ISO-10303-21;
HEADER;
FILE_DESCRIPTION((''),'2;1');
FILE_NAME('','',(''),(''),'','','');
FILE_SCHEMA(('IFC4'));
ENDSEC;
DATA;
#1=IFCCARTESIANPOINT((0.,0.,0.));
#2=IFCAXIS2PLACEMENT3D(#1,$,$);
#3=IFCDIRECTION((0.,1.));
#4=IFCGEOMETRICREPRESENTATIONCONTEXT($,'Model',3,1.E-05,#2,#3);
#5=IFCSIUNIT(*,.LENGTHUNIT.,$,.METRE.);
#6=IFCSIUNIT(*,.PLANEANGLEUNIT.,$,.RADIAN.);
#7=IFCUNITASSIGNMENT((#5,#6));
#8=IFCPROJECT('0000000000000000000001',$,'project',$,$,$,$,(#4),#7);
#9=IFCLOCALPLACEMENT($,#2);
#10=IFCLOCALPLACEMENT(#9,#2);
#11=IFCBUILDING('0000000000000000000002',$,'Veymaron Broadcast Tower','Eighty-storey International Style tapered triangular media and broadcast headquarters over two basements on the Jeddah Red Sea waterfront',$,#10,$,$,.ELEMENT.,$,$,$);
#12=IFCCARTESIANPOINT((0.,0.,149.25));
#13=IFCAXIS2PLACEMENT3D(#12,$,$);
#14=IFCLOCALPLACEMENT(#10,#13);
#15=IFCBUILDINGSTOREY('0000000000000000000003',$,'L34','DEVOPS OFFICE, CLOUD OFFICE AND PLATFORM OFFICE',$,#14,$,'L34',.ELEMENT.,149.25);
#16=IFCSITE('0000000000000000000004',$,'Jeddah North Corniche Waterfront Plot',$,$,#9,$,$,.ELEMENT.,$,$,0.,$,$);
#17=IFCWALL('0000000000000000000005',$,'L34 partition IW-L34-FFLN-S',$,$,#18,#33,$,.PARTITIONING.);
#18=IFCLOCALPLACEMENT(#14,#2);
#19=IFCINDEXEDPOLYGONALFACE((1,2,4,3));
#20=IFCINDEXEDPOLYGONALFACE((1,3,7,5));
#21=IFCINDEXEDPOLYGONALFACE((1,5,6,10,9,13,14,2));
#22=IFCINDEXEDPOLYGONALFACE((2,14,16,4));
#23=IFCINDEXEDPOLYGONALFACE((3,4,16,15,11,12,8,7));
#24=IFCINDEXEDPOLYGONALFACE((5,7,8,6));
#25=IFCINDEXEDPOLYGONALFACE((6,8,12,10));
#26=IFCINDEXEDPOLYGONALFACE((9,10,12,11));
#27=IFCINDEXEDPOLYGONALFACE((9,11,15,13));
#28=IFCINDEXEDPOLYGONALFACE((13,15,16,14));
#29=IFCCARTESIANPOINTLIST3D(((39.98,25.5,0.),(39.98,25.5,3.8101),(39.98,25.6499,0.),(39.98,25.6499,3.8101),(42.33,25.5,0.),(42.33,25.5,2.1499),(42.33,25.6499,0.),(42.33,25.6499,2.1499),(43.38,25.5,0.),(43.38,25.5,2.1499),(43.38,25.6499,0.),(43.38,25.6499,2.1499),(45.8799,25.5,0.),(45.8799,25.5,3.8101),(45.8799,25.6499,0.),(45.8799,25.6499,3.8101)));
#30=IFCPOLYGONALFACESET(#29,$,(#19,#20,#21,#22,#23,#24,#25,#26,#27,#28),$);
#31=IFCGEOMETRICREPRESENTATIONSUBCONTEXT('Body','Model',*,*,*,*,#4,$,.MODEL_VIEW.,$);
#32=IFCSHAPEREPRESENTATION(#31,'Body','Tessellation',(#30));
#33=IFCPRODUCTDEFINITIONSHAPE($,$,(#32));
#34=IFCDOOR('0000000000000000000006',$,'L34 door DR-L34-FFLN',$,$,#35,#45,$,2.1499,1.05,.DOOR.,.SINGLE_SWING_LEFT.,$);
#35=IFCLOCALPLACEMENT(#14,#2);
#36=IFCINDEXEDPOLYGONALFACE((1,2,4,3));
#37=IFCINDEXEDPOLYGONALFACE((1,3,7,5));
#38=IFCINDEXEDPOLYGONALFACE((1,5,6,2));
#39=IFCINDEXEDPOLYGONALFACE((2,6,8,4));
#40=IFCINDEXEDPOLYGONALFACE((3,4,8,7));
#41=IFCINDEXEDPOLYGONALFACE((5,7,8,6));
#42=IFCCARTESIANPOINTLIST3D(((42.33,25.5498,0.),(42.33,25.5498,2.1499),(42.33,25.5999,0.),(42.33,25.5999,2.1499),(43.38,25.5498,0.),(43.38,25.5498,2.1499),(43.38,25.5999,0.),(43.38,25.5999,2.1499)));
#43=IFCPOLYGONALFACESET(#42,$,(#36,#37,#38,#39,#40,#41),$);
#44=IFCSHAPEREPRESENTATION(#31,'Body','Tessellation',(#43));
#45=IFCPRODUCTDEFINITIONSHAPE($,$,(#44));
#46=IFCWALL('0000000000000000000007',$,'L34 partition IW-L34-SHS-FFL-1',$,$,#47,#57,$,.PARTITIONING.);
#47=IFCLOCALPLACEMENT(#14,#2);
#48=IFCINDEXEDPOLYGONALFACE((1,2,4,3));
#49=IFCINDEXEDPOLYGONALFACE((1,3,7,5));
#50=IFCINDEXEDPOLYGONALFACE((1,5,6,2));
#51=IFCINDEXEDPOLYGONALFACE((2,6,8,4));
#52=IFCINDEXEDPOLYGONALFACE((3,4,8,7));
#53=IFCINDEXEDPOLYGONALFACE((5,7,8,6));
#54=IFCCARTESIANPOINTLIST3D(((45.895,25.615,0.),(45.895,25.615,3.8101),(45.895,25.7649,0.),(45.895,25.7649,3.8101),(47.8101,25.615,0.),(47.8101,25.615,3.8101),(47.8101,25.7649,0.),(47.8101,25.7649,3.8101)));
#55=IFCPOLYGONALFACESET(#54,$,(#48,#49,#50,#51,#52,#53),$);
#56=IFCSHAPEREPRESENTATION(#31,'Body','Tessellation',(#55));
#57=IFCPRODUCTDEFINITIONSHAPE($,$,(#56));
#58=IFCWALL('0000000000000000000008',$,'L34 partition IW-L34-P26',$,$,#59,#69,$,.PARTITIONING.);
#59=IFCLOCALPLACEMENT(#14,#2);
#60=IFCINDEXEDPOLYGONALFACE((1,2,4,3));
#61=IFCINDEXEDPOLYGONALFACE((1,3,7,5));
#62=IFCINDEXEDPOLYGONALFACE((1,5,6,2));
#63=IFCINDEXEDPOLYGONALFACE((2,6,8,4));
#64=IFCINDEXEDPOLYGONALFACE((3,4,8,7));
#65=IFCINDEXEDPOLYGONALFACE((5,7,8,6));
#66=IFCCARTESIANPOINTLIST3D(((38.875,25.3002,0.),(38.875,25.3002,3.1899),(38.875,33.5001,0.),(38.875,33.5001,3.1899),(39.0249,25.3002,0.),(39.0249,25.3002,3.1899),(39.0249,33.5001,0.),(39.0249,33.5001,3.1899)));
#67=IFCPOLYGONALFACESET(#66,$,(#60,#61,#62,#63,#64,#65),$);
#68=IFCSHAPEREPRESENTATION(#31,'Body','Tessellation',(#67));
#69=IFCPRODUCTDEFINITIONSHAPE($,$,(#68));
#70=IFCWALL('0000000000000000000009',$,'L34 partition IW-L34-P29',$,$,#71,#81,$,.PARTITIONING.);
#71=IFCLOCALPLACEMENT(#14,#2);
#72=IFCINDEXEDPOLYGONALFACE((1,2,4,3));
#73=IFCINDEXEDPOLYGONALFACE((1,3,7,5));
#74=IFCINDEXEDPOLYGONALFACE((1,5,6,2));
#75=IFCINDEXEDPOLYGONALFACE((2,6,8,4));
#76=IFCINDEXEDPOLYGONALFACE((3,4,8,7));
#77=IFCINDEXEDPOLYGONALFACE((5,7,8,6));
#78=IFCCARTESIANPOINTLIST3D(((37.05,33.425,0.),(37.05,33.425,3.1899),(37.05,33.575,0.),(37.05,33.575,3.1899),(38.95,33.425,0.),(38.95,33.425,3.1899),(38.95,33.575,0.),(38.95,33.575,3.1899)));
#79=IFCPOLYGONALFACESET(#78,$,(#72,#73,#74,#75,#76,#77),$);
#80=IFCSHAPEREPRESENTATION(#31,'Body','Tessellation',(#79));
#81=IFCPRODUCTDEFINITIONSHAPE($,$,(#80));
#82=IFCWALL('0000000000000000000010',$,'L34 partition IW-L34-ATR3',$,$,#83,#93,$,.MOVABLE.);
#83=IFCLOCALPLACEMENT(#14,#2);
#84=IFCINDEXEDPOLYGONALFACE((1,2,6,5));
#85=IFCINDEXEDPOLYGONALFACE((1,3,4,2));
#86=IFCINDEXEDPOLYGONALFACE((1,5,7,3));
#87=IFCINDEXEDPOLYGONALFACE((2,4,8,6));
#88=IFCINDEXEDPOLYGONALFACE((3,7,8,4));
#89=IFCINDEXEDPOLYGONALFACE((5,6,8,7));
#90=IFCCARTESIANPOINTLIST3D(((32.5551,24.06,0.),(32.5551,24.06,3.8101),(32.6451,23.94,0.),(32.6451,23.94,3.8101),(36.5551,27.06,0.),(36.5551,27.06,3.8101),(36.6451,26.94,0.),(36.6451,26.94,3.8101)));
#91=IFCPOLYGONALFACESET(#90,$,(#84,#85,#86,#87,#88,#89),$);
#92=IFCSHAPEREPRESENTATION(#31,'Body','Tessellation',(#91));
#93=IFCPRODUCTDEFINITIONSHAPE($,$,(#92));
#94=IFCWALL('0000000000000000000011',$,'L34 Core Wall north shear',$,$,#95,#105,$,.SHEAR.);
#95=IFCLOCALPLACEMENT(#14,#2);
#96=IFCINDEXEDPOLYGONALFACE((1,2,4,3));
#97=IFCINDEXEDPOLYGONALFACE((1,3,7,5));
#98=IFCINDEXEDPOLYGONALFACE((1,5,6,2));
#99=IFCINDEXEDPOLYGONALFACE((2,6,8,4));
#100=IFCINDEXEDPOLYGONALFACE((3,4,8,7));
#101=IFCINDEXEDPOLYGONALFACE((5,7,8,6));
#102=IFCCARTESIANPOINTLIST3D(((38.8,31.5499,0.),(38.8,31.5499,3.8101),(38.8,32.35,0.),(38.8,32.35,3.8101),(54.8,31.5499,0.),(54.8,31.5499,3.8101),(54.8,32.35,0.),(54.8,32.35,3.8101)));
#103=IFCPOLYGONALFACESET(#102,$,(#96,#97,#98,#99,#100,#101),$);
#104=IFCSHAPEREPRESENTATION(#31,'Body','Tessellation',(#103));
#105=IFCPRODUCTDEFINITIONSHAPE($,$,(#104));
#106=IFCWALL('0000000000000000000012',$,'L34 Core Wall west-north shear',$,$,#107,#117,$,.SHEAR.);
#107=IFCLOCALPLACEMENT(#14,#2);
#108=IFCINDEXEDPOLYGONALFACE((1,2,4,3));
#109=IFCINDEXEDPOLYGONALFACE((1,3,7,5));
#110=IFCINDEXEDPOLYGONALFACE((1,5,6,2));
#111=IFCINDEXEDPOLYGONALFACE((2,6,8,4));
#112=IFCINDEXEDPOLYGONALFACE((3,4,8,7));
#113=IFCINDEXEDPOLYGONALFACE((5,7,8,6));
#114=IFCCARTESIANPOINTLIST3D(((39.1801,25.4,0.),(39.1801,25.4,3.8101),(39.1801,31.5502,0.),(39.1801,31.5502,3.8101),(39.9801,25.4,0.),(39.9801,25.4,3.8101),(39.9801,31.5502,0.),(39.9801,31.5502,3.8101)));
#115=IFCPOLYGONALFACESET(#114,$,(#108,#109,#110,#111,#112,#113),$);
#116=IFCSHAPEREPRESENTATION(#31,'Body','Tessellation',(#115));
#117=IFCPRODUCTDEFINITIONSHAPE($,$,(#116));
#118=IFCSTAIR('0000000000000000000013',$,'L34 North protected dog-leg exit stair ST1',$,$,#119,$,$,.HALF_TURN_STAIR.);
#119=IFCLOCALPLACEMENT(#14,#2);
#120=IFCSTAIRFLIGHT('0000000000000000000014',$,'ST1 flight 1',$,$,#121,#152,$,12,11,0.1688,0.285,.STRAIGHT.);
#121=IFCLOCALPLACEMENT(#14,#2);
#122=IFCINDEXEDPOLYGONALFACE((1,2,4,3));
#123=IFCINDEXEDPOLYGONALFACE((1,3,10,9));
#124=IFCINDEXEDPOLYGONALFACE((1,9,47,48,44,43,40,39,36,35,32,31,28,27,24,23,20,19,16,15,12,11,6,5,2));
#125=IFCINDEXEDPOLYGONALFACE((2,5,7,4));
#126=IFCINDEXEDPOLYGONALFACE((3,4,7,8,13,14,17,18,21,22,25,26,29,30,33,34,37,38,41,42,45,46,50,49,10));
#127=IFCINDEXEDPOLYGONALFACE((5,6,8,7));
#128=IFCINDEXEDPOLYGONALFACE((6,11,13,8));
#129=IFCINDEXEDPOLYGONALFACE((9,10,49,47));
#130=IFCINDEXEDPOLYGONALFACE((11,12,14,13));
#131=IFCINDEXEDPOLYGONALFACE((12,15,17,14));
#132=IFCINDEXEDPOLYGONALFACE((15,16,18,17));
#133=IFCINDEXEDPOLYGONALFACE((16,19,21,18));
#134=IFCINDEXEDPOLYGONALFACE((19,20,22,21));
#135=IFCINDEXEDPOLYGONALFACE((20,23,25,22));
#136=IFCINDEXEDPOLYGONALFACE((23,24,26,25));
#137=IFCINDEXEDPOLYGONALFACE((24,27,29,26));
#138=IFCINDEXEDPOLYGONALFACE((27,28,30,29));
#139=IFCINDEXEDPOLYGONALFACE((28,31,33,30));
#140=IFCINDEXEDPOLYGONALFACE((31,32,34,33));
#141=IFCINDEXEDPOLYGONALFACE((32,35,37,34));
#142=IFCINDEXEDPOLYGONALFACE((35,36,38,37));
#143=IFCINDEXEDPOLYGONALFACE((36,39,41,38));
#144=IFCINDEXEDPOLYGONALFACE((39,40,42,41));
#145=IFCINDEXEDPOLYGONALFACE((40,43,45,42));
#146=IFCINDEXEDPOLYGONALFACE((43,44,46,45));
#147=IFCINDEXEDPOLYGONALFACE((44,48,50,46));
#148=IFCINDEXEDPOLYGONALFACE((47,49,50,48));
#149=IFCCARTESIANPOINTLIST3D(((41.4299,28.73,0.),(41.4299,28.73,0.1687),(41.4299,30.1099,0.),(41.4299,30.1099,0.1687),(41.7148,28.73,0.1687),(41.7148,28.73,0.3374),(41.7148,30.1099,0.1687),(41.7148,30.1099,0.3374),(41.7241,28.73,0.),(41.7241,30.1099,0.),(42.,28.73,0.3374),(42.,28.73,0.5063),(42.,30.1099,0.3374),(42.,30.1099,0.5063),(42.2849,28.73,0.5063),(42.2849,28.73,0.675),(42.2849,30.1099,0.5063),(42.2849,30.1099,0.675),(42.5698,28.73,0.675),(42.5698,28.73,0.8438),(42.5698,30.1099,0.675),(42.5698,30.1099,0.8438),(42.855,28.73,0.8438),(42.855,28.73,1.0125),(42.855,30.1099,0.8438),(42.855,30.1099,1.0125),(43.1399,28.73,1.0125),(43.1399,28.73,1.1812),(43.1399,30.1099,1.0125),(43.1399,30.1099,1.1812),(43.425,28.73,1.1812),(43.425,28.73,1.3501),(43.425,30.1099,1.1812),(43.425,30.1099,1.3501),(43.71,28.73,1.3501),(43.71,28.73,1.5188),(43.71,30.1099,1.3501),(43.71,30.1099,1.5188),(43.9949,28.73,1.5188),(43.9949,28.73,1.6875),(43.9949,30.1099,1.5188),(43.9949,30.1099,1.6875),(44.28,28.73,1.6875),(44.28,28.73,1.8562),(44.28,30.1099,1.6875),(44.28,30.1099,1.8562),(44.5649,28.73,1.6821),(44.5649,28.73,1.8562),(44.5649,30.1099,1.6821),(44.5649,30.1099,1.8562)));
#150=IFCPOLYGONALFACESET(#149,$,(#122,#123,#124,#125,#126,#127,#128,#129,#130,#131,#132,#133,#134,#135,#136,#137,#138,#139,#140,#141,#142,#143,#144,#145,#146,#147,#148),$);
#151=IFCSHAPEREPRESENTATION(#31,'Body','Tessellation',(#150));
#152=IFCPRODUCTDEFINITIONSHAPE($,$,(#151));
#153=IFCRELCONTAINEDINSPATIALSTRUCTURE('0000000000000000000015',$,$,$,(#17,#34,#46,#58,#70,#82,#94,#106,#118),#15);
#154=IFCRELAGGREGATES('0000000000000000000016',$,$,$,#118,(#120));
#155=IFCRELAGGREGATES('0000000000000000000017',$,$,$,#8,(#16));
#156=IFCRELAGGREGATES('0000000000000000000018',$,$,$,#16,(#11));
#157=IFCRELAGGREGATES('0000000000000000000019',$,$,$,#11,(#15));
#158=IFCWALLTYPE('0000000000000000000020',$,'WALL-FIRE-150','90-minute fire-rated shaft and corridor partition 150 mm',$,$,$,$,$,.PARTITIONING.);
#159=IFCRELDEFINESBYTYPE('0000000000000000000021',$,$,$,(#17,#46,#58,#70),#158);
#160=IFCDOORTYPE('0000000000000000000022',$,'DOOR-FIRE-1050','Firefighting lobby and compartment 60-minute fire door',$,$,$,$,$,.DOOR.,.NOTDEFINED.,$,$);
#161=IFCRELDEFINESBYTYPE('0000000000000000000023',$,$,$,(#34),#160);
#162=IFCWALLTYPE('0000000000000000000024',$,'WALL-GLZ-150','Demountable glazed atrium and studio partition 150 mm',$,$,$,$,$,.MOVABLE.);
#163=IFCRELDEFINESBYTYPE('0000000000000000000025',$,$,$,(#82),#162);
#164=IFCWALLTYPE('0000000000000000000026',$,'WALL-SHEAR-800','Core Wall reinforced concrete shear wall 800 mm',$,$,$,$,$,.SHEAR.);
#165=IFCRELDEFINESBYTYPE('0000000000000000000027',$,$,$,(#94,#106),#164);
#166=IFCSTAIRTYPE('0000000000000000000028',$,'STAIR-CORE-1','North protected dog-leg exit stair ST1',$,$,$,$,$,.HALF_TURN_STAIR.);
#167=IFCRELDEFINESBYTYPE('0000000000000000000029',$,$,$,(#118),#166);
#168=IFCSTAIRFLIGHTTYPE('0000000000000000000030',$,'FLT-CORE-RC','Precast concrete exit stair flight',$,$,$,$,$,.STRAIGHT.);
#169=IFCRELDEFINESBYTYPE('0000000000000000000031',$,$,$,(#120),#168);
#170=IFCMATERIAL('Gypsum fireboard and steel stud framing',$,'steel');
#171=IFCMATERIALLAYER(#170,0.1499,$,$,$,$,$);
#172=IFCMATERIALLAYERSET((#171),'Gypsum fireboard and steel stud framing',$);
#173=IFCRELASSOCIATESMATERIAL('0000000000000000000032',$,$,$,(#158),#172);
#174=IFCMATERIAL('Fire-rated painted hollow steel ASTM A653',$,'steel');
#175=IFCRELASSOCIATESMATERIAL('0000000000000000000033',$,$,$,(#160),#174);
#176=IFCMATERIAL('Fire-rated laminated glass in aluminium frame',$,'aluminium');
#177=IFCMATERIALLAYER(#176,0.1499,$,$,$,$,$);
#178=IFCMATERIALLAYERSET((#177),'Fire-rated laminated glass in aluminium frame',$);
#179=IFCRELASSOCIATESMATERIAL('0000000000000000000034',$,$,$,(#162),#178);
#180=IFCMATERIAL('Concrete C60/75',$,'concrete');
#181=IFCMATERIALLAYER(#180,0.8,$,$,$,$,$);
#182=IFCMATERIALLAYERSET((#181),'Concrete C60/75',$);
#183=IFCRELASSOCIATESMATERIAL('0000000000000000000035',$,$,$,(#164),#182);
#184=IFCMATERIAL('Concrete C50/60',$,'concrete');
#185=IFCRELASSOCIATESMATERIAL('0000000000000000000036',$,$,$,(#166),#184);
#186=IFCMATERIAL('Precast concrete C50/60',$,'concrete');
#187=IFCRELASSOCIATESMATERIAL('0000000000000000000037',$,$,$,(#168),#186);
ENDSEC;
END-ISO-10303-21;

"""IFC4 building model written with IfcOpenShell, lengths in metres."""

from ifc_helpers import new_model, si_unit, direction, frame, frame_2d, origin, place, context, subcontext, project, spatial, polyline, rectangle, outline, extrude, material, layer, layer_set, type_object, element, fill, aggregate, save


model = new_model("IFC4")

# Units and contexts
model_context = context("Model", 3, precision=1e-05, world=origin(), true_north=direction((0.0, 1.0)))
body_context = subcontext(model_context, "Body", "Model", "MODEL_VIEW")
ifc_project = project(units=[si_unit("LENGTHUNIT", "METRE"), si_unit("PLANEANGLEUNIT", "RADIAN")], contexts=[model_context])

# Site, building, storey
site_placement = place(None, origin())
site = spatial("IfcSite", under=ifc_project, at=site_placement, Name="Jeddah North Corniche Waterfront Plot", CompositionType="ELEMENT", RefElevation=0.0)
building_placement = place(site_placement, origin())
building = spatial("IfcBuilding", under=site, at=building_placement, Name="Veymaron Broadcast Tower", Description="Eighty-storey International Style tapered triangular media and broadcast headquarters over two basements on the Jeddah Red Sea waterfront", CompositionType="ELEMENT")
storey_placement = place(building_placement, frame((0.0, 0.0, 149.25)))
storey = spatial("IfcBuildingStorey", under=building, at=storey_placement, Name="L34", Description="DEVOPS OFFICE, CLOUD OFFICE AND PLATFORM OFFICE", LongName="L34", CompositionType="ELEMENT", Elevation=149.25)

# Wall, opening, door
ifc_material_1 = material(Name="Gypsum fireboard and steel stud framing", Category="steel")
ifc_layer_1 = layer(ifc_material_1, 0.1499)
ifc_layer_set_1 = layer_set([ifc_layer_1], Name="Gypsum fireboard and steel stud framing")
wall_type_1 = type_object("IfcWallType", Name="WALL-FIRE-150", Description="90-minute fire-rated shaft and corridor partition 150 mm", PredefinedType="PARTITIONING", material=ifc_layer_set_1)
wall_1_placement = place(storey_placement, frame((39.98, 25.575, 0.0), z_axis=(0.0, 0.0, 1.0), x_axis=(1.0, 0.0, 0.0)))
wall_1 = element("IfcWall", 1, at=wall_1_placement, inside=storey, type_object=wall_type_1, Name="L34 partition IW-L34-FFLN-S", PredefinedType="PARTITIONING", context=body_context, shape_type="SweptSolid", body=[
    extrude(rectangle(XDim=5.8999, YDim=0.1499, at=frame_2d((2.95, 0.0))), origin(), (0.0, 0.0, 1.0), 3.8101),
])
opening_1_placement = place(wall_1_placement, frame((2.3501, 0.0, 0.0)))
opening_1 = element("IfcOpeningElement", 2, at=opening_1_placement, cuts=wall_1, PredefinedType="OPENING", context=body_context, shape_type="SweptSolid", body=[
    extrude(rectangle(XDim=1.05, YDim=2.1499, at=frame_2d((0.5249, 1.075))), frame((0.0, 0.085, 0.0), z_axis=(0.0, -1.0, 0.0), x_axis=(1.0, 0.0, 0.0)), (0.0, 0.0, 1.0), 0.1699),
])
ifc_material_2 = material(Name="Fire-rated painted hollow steel ASTM A653", Category="steel")
door_type_1 = type_object("IfcDoorType", Name="DOOR-FIRE-1050", Description="Firefighting lobby and compartment 60-minute fire door", OperationType="NOTDEFINED", PredefinedType="DOOR", material=ifc_material_2)
door_1_placement = place(opening_1_placement, origin())
door_1 = element("IfcDoor", 3, at=door_1_placement, inside=storey, type_object=door_type_1, Name="L34 door DR-L34-FFLN", OperationType="SINGLE_SWING_LEFT", OverallHeight=2.1499, OverallWidth=1.05, PredefinedType="DOOR", context=body_context, shape_type="SweptSolid", body=[
    extrude(rectangle(XDim=1.05, YDim=2.1499, at=frame_2d((0.5249, 1.075))), frame((0.0, 0.0249, 0.0), z_axis=(0.0, -1.0, 0.0), x_axis=(1.0, 0.0, 0.0)), (0.0, 0.0, 1.0), 0.05),
])
fill(opening_1, door_1)

# Wall
wall_2_placement = place(storey_placement, frame((45.895, 25.6899, 0.0), z_axis=(0.0, 0.0, 1.0), x_axis=(1.0, 0.0, 0.0)))
element("IfcWall", 4, at=wall_2_placement, inside=storey, type_object=wall_type_1, Name="L34 partition IW-L34-SHS-FFL-1", PredefinedType="PARTITIONING", context=body_context, shape_type="SweptSolid", body=[
    extrude(rectangle(XDim=1.915, YDim=0.1499, at=frame_2d((0.9575, 0.0))), origin(), (0.0, 0.0, 1.0), 3.8101),
])

# Walls
wall_3_placement = place(storey_placement, frame((38.95, 25.3, 0.0), z_axis=(0.0, 0.0, 1.0), x_axis=(0.0, 1.0, 0.0)))
element("IfcWall", 5, at=wall_3_placement, inside=storey, type_object=wall_type_1, Name="L34 partition IW-L34-P26", PredefinedType="PARTITIONING", context=body_context, shape_type="SweptSolid", body=[
    extrude(rectangle(XDim=8.2, YDim=0.1499, at=frame_2d((4.1001, 0.0))), origin(), (0.0, 0.0, 1.0), 3.1899),
])
wall_4_placement = place(storey_placement, frame((37.05, 33.5, 0.0), z_axis=(0.0, 0.0, 1.0), x_axis=(1.0, 0.0, 0.0)))
element("IfcWall", 6, at=wall_4_placement, inside=storey, type_object=wall_type_1, Name="L34 partition IW-L34-P29", PredefinedType="PARTITIONING", context=body_context, shape_type="SweptSolid", body=[
    extrude(rectangle(XDim=1.8999, YDim=0.1499, at=frame_2d((0.95, 0.0))), origin(), (0.0, 0.0, 1.0), 3.1899),
])
ifc_material_3 = material(Name="Fire-rated laminated glass in aluminium frame", Category="aluminium")
ifc_layer_2 = layer(ifc_material_3, 0.1499)
ifc_layer_set_2 = layer_set([ifc_layer_2], Name="Fire-rated laminated glass in aluminium frame")
wall_type_2 = type_object("IfcWallType", Name="WALL-GLZ-150", Description="Demountable glazed atrium and studio partition 150 mm", PredefinedType="MOVABLE", material=ifc_layer_set_2)
wall_5_placement = place(storey_placement, frame((36.6001, 27.0, 0.0), z_axis=(0.0, 0.0, 1.0), x_axis=(-0.8, -0.6, 0.0)))
element("IfcWall", 7, at=wall_5_placement, inside=storey, type_object=wall_type_2, Name="L34 partition IW-L34-ATR3", PredefinedType="MOVABLE", context=body_context, shape_type="SweptSolid", body=[
    extrude(rectangle(XDim=5.0, YDim=0.1499, at=frame_2d((2.5, 0.0))), origin(), (0.0, 0.0, 1.0), 3.8101),
])

# Shared definitions
ifc_material_4 = material(Name="Concrete C50/60", Category="concrete")

# Walls
ifc_material_5 = material(Name="Concrete C60/75", Category="concrete")
ifc_layer_3 = layer(ifc_material_5, 0.8)
ifc_layer_set_3 = layer_set([ifc_layer_3], Name="Concrete C60/75")
wall_type_3 = type_object("IfcWallType", Name="WALL-SHEAR-800", Description="Core Wall reinforced concrete shear wall 800 mm", PredefinedType="SHEAR", material=ifc_layer_set_3)
wall_6_placement = place(storey_placement, frame((38.8, 31.95, 0.0), z_axis=(0.0, 0.0, 1.0), x_axis=(1.0, 0.0, 0.0)))
element("IfcWall", 8, at=wall_6_placement, inside=storey, type_object=wall_type_3, Name="L34 Core Wall north shear", PredefinedType="SHEAR", context=body_context, shape_type="SweptSolid", body=[
    extrude(rectangle(XDim=16.0, YDim=0.8, at=frame_2d((8.0, 0.0))), origin(), (0.0, 0.0, 1.0), 3.8101),
])
wall_7_placement = place(storey_placement, frame((39.5801, 25.3999, 0.0), z_axis=(0.0, 0.0, 1.0), x_axis=(0.0, 1.0, 0.0)))
element("IfcWall", 9, at=wall_7_placement, inside=storey, type_object=wall_type_3, Name="L34 Core Wall west-north shear", PredefinedType="SHEAR", context=body_context, shape_type="SweptSolid", body=[
    extrude(rectangle(XDim=6.1501, YDim=0.8, at=frame_2d((3.0752, 0.0))), origin(), (0.0, 0.0, 1.0), 3.8101),
])

# Stair, stair flight
stair_type = type_object("IfcStairType", Name="STAIR-CORE-1", Description="North protected dog-leg exit stair ST1", PredefinedType="HALF_TURN_STAIR", material=ifc_material_4)
stair_placement = place(storey_placement, origin())
stair = element("IfcStair", 10, at=stair_placement, inside=storey, type_object=stair_type, Name="L34 North protected dog-leg exit stair ST1", PredefinedType="HALF_TURN_STAIR")
ifc_material_6 = material(Name="Precast concrete C50/60", Category="concrete")
stair_flight_type = type_object("IfcStairFlightType", Name="FLT-CORE-RC", Description="Precast concrete exit stair flight", PredefinedType="STRAIGHT", material=ifc_material_6)
stair_flight_1_placement = place(storey_placement, frame((41.4299, 29.4199, 0.0), z_axis=(0.0, 0.0, 1.0), x_axis=(1.0, 0.0, 0.0)))
stair_flight_1 = element("IfcStairFlight", 11, at=stair_flight_1_placement, type_object=stair_flight_type, Name="ST1 flight 1", NumberOfRisers=12, NumberOfTreads=11, PredefinedType="STRAIGHT", RiserHeight=0.1688, TreadLength=0.285, context=body_context, shape_type="SweptSolid", body=[
    extrude(outline(polyline([(0.0, 0.0), (0.0, 0.1687), (0.2849, 0.1687), (0.2849, 0.3374), (0.5701, 0.3374), (0.5701, 0.5063), (0.855, 0.5063), (0.855, 0.675), (1.1399, 0.675), (1.1399, 0.8438), (1.425, 0.8438), (1.425, 1.0125), (1.71, 1.0125), (1.71, 1.1812), (1.9951, 1.1812), (1.9951, 1.3501), (2.28, 1.3501), (2.28, 1.5188), (2.5649, 1.5188), (2.5649, 1.6875), (2.8501, 1.6875), (2.8501, 1.8562), (3.135, 1.8562), (3.135, 2.0249), (3.135, 1.6821), (0.2942, 0.0), (0.0, 0.0)])), frame((0.0, 0.6899, 0.0), z_axis=(0.0, -1.0, 0.0), x_axis=(1.0, 0.0, 0.0)), (0.0, 0.0, 1.0), 1.3799),
])
aggregate(stair, [stair_flight_1])

save(model, "model.ifc")
